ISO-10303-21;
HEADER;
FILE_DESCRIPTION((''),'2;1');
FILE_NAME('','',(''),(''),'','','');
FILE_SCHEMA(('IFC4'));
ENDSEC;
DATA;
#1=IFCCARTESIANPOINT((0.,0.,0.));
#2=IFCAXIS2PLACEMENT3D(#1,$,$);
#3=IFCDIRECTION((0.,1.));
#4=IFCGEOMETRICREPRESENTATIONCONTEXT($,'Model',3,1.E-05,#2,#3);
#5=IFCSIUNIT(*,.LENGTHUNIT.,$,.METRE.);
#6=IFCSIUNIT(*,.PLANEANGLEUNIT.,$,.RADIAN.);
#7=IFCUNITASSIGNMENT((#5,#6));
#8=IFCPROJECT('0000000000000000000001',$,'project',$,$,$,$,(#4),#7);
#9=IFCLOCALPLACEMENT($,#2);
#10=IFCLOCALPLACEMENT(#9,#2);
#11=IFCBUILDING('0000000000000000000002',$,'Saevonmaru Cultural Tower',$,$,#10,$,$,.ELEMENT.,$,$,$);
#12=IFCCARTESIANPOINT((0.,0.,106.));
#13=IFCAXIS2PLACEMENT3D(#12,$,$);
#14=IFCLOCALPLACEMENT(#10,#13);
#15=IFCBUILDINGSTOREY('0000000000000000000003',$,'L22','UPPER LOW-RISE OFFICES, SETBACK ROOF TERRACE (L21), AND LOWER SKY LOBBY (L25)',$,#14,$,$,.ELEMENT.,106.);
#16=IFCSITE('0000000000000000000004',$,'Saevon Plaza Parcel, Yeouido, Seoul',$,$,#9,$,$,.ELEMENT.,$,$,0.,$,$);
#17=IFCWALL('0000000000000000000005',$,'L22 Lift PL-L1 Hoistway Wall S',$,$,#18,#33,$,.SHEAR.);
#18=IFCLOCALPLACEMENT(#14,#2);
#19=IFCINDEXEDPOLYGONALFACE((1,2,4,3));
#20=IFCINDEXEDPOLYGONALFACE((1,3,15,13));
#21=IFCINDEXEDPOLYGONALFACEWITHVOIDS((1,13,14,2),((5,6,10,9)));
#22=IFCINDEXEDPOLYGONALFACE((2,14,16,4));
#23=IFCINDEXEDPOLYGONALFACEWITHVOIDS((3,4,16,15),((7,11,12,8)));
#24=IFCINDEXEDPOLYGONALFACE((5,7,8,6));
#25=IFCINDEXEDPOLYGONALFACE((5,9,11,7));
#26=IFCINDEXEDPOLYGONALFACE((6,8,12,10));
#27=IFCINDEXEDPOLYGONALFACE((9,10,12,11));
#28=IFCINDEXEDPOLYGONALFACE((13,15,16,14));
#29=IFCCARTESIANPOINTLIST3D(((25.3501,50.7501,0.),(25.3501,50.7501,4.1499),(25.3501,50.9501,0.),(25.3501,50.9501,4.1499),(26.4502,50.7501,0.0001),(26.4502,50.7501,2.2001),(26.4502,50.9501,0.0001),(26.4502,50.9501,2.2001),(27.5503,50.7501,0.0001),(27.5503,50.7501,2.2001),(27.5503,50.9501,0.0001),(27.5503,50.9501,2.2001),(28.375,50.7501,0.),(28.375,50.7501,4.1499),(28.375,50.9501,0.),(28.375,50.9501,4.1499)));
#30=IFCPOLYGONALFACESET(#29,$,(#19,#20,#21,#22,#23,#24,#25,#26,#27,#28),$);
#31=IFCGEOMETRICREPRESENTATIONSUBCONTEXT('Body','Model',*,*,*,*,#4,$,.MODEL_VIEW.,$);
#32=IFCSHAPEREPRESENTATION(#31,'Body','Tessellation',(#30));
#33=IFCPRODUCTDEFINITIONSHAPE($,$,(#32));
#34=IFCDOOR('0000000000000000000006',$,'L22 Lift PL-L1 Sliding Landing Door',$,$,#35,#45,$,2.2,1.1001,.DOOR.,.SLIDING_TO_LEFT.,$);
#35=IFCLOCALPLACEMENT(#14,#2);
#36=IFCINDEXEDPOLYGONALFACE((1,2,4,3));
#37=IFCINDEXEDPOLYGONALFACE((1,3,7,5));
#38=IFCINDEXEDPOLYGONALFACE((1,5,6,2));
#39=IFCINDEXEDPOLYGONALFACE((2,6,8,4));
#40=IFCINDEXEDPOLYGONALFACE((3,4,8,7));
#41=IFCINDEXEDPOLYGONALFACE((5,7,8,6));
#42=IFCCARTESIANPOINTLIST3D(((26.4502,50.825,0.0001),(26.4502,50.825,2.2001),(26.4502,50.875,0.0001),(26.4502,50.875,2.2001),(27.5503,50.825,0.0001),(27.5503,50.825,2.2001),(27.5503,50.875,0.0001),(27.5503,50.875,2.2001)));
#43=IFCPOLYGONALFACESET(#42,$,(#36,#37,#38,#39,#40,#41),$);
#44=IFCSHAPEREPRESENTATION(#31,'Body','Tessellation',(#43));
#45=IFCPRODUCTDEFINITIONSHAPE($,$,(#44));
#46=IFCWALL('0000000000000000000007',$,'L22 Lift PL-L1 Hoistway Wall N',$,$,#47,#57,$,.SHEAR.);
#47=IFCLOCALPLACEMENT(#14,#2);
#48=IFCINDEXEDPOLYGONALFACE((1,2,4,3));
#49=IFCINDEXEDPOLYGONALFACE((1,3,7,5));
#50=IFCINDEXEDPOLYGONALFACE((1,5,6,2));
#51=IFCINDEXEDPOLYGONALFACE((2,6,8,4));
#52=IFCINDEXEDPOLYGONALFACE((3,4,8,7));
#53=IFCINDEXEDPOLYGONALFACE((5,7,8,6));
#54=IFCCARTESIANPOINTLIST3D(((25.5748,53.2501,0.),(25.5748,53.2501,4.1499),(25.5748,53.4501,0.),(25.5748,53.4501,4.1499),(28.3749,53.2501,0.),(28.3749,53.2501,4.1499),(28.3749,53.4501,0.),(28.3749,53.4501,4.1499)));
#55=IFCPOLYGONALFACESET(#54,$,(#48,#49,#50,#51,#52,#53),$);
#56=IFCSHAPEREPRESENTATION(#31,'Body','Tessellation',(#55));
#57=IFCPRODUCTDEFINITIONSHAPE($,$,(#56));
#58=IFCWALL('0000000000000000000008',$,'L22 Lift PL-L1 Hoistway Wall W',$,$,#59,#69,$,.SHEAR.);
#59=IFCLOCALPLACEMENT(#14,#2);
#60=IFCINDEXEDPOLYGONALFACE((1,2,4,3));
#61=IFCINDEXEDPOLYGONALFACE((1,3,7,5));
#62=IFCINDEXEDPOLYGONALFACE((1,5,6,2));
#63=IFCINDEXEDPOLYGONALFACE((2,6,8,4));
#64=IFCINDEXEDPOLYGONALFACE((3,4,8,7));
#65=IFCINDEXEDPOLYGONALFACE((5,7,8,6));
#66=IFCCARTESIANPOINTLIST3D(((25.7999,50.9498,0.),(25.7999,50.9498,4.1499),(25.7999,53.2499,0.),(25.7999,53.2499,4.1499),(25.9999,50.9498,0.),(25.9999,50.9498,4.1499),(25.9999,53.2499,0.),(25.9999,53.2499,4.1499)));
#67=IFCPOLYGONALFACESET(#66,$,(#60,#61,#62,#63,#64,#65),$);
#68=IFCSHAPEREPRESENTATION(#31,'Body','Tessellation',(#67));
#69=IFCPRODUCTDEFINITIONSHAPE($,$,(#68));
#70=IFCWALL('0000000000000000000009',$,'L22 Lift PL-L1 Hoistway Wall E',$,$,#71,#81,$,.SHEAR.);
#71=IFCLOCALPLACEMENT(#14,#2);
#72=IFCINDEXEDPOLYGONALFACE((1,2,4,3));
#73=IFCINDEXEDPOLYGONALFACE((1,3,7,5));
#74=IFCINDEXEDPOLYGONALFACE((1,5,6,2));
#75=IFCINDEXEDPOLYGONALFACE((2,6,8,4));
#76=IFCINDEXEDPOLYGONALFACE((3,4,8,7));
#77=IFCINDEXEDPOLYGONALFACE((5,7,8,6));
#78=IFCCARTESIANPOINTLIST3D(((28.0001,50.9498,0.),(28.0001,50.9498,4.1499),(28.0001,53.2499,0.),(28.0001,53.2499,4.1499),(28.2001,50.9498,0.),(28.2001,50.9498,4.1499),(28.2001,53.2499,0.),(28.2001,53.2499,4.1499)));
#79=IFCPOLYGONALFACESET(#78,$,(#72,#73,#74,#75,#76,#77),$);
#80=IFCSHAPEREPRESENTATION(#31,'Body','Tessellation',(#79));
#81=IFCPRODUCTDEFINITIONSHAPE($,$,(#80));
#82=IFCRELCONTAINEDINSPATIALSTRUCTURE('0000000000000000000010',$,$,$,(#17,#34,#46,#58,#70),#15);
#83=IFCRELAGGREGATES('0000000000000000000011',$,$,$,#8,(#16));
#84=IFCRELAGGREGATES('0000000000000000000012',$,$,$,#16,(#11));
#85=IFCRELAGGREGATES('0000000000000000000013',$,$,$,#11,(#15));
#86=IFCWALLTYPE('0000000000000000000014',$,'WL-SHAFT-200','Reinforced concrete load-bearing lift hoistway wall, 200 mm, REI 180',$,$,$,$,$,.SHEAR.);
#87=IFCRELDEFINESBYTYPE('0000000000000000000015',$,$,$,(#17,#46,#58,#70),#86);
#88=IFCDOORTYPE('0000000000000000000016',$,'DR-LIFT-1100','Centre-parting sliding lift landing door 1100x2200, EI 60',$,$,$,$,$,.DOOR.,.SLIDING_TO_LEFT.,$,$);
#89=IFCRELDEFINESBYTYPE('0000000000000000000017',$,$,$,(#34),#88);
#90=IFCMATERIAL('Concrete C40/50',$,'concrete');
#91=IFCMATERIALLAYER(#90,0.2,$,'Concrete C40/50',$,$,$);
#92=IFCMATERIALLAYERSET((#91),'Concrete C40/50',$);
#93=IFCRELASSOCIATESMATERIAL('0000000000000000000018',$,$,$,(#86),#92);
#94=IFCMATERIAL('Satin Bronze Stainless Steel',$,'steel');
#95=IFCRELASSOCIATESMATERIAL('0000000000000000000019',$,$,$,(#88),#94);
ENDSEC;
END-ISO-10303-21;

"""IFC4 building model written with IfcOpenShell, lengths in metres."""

from ifc_helpers import new_model, si_unit, direction, frame, frame_2d, origin, place, context, subcontext, project, spatial, rectangle, extrude, material, layer, layer_set, type_object, element, fill, save


model = new_model("IFC4")

# Units and contexts
model_context = context("Model", 3, precision=1e-05, world=origin(), true_north=direction((0.0, 1.0)))
body_context = subcontext(model_context, "Body", "Model", "MODEL_VIEW")
ifc_project = project(units=[si_unit("LENGTHUNIT", "METRE"), si_unit("PLANEANGLEUNIT", "RADIAN")], contexts=[model_context])

# Site, building, storey
site_placement = place(None, origin())
site = spatial("IfcSite", under=ifc_project, at=site_placement, Name="Saevon Plaza Parcel, Yeouido, Seoul", CompositionType="ELEMENT", RefElevation=0.0)
building_placement = place(site_placement, origin())
building = spatial("IfcBuilding", under=site, at=building_placement, Name="Saevonmaru Cultural Tower", CompositionType="ELEMENT")
storey_placement = place(building_placement, frame((0.0, 0.0, 106.0)))
storey = spatial("IfcBuildingStorey", under=building, at=storey_placement, Name="L22", Description="UPPER LOW-RISE OFFICES, SETBACK ROOF TERRACE (L21), AND LOWER SKY LOBBY (L25)", CompositionType="ELEMENT", Elevation=106.0)

# Shared definitions
ifc_material_1 = material(Name="Concrete C40/50", Category="concrete")
ifc_layer_1 = layer(ifc_material_1, 0.2, Name="Concrete C40/50")
ifc_layer_set_1 = layer_set([ifc_layer_1], Name="Concrete C40/50")
wall_type = type_object("IfcWallType", Name="WL-SHAFT-200", Description="Reinforced concrete load-bearing lift hoistway wall, 200 mm, REI 180", PredefinedType="SHEAR", material=ifc_layer_set_1)

# Wall, opening, door
wall_1_placement = place(storey_placement, frame((25.3501, 50.8501, 0.0), z_axis=(0.0, 0.0, 1.0), x_axis=(1.0, 0.0, 0.0)))
wall_1 = element("IfcWall", 1, at=wall_1_placement, inside=storey, type_object=wall_type, Name="L22 Lift PL-L1 Hoistway Wall S", PredefinedType="SHEAR", context=body_context, shape_type="SweptSolid", body=[
    extrude(rectangle(XDim=3.0249, YDim=0.2, at=frame_2d((1.5125, 0.0))), origin(), (0.0, 0.0, 1.0), 4.1499),
])
opening_1_placement = place(wall_1_placement, frame((1.1001, 0.0, 0.0)))
opening_1 = element("IfcOpeningElement", 2, at=opening_1_placement, cuts=wall_1, PredefinedType="OPENING", context=body_context, shape_type="SweptSolid", body=[
    extrude(rectangle(XDim=1.1001, YDim=2.2, at=frame_2d((0.55, 1.1001))), frame((0.0, 0.1099, 0.0), z_axis=(0.0, -1.0, 0.0), x_axis=(1.0, 0.0, 0.0)), (0.0, 0.0, 1.0), 0.22),
])
ifc_material_2 = material(Name="Satin Bronze Stainless Steel", Category="steel")
door_type_1 = type_object("IfcDoorType", Name="DR-LIFT-1100", Description="Centre-parting sliding lift landing door 1100x2200, EI 60", OperationType="SLIDING_TO_LEFT", PredefinedType="DOOR", material=ifc_material_2)
door_1_placement = place(opening_1_placement, origin())
door_1 = element("IfcDoor", 3, at=door_1_placement, inside=storey, type_object=door_type_1, Name="L22 Lift PL-L1 Sliding Landing Door", OperationType="SLIDING_TO_LEFT", OverallHeight=2.2, OverallWidth=1.1001, PredefinedType="DOOR", context=body_context, shape_type="SweptSolid", body=[
    extrude(rectangle(XDim=1.1001, YDim=2.2, at=frame_2d((0.55, 1.1001))), frame((0.0, 0.0249, 0.0), z_axis=(0.0, -1.0, 0.0), x_axis=(1.0, 0.0, 0.0)), (0.0, 0.0, 1.0), 0.05),
])
fill(opening_1, door_1)

# Walls
wall_2_placement = place(storey_placement, frame((25.575, 53.3501, 0.0), z_axis=(0.0, 0.0, 1.0), x_axis=(1.0, 0.0, 0.0)))
element("IfcWall", 4, at=wall_2_placement, inside=storey, type_object=wall_type, Name="L22 Lift PL-L1 Hoistway Wall N", PredefinedType="SHEAR", context=body_context, shape_type="SweptSolid", body=[
    extrude(rectangle(XDim=2.8, YDim=0.2, at=frame_2d((1.3999, 0.0))), origin(), (0.0, 0.0, 1.0), 4.1499),
])
for number, where, z_axis, x_axis, name in (
    (5, (25.8999, 50.95, 0.0), (0.0, 0.0, 1.0), (0.0, 1.0, 0.0), "L22 Lift PL-L1 Hoistway Wall W"),
    (6, (28.1001, 50.95, 0.0), (0.0, 0.0, 1.0), (0.0, 1.0, 0.0), "L22 Lift PL-L1 Hoistway Wall E"),
):
    element("IfcWall", number, at=place(storey_placement, frame(where, z_axis=z_axis, x_axis=x_axis)), inside=storey, type_object=wall_type, Name=name, PredefinedType="SHEAR", context=body_context, shape_type="SweptSolid", body=[
        extrude(rectangle(XDim=2.3, YDim=0.2, at=frame_2d((1.1499, 0.0))), origin(), (0.0, 0.0, 1.0), 4.1499),
    ])

save(model, "model.ifc")
